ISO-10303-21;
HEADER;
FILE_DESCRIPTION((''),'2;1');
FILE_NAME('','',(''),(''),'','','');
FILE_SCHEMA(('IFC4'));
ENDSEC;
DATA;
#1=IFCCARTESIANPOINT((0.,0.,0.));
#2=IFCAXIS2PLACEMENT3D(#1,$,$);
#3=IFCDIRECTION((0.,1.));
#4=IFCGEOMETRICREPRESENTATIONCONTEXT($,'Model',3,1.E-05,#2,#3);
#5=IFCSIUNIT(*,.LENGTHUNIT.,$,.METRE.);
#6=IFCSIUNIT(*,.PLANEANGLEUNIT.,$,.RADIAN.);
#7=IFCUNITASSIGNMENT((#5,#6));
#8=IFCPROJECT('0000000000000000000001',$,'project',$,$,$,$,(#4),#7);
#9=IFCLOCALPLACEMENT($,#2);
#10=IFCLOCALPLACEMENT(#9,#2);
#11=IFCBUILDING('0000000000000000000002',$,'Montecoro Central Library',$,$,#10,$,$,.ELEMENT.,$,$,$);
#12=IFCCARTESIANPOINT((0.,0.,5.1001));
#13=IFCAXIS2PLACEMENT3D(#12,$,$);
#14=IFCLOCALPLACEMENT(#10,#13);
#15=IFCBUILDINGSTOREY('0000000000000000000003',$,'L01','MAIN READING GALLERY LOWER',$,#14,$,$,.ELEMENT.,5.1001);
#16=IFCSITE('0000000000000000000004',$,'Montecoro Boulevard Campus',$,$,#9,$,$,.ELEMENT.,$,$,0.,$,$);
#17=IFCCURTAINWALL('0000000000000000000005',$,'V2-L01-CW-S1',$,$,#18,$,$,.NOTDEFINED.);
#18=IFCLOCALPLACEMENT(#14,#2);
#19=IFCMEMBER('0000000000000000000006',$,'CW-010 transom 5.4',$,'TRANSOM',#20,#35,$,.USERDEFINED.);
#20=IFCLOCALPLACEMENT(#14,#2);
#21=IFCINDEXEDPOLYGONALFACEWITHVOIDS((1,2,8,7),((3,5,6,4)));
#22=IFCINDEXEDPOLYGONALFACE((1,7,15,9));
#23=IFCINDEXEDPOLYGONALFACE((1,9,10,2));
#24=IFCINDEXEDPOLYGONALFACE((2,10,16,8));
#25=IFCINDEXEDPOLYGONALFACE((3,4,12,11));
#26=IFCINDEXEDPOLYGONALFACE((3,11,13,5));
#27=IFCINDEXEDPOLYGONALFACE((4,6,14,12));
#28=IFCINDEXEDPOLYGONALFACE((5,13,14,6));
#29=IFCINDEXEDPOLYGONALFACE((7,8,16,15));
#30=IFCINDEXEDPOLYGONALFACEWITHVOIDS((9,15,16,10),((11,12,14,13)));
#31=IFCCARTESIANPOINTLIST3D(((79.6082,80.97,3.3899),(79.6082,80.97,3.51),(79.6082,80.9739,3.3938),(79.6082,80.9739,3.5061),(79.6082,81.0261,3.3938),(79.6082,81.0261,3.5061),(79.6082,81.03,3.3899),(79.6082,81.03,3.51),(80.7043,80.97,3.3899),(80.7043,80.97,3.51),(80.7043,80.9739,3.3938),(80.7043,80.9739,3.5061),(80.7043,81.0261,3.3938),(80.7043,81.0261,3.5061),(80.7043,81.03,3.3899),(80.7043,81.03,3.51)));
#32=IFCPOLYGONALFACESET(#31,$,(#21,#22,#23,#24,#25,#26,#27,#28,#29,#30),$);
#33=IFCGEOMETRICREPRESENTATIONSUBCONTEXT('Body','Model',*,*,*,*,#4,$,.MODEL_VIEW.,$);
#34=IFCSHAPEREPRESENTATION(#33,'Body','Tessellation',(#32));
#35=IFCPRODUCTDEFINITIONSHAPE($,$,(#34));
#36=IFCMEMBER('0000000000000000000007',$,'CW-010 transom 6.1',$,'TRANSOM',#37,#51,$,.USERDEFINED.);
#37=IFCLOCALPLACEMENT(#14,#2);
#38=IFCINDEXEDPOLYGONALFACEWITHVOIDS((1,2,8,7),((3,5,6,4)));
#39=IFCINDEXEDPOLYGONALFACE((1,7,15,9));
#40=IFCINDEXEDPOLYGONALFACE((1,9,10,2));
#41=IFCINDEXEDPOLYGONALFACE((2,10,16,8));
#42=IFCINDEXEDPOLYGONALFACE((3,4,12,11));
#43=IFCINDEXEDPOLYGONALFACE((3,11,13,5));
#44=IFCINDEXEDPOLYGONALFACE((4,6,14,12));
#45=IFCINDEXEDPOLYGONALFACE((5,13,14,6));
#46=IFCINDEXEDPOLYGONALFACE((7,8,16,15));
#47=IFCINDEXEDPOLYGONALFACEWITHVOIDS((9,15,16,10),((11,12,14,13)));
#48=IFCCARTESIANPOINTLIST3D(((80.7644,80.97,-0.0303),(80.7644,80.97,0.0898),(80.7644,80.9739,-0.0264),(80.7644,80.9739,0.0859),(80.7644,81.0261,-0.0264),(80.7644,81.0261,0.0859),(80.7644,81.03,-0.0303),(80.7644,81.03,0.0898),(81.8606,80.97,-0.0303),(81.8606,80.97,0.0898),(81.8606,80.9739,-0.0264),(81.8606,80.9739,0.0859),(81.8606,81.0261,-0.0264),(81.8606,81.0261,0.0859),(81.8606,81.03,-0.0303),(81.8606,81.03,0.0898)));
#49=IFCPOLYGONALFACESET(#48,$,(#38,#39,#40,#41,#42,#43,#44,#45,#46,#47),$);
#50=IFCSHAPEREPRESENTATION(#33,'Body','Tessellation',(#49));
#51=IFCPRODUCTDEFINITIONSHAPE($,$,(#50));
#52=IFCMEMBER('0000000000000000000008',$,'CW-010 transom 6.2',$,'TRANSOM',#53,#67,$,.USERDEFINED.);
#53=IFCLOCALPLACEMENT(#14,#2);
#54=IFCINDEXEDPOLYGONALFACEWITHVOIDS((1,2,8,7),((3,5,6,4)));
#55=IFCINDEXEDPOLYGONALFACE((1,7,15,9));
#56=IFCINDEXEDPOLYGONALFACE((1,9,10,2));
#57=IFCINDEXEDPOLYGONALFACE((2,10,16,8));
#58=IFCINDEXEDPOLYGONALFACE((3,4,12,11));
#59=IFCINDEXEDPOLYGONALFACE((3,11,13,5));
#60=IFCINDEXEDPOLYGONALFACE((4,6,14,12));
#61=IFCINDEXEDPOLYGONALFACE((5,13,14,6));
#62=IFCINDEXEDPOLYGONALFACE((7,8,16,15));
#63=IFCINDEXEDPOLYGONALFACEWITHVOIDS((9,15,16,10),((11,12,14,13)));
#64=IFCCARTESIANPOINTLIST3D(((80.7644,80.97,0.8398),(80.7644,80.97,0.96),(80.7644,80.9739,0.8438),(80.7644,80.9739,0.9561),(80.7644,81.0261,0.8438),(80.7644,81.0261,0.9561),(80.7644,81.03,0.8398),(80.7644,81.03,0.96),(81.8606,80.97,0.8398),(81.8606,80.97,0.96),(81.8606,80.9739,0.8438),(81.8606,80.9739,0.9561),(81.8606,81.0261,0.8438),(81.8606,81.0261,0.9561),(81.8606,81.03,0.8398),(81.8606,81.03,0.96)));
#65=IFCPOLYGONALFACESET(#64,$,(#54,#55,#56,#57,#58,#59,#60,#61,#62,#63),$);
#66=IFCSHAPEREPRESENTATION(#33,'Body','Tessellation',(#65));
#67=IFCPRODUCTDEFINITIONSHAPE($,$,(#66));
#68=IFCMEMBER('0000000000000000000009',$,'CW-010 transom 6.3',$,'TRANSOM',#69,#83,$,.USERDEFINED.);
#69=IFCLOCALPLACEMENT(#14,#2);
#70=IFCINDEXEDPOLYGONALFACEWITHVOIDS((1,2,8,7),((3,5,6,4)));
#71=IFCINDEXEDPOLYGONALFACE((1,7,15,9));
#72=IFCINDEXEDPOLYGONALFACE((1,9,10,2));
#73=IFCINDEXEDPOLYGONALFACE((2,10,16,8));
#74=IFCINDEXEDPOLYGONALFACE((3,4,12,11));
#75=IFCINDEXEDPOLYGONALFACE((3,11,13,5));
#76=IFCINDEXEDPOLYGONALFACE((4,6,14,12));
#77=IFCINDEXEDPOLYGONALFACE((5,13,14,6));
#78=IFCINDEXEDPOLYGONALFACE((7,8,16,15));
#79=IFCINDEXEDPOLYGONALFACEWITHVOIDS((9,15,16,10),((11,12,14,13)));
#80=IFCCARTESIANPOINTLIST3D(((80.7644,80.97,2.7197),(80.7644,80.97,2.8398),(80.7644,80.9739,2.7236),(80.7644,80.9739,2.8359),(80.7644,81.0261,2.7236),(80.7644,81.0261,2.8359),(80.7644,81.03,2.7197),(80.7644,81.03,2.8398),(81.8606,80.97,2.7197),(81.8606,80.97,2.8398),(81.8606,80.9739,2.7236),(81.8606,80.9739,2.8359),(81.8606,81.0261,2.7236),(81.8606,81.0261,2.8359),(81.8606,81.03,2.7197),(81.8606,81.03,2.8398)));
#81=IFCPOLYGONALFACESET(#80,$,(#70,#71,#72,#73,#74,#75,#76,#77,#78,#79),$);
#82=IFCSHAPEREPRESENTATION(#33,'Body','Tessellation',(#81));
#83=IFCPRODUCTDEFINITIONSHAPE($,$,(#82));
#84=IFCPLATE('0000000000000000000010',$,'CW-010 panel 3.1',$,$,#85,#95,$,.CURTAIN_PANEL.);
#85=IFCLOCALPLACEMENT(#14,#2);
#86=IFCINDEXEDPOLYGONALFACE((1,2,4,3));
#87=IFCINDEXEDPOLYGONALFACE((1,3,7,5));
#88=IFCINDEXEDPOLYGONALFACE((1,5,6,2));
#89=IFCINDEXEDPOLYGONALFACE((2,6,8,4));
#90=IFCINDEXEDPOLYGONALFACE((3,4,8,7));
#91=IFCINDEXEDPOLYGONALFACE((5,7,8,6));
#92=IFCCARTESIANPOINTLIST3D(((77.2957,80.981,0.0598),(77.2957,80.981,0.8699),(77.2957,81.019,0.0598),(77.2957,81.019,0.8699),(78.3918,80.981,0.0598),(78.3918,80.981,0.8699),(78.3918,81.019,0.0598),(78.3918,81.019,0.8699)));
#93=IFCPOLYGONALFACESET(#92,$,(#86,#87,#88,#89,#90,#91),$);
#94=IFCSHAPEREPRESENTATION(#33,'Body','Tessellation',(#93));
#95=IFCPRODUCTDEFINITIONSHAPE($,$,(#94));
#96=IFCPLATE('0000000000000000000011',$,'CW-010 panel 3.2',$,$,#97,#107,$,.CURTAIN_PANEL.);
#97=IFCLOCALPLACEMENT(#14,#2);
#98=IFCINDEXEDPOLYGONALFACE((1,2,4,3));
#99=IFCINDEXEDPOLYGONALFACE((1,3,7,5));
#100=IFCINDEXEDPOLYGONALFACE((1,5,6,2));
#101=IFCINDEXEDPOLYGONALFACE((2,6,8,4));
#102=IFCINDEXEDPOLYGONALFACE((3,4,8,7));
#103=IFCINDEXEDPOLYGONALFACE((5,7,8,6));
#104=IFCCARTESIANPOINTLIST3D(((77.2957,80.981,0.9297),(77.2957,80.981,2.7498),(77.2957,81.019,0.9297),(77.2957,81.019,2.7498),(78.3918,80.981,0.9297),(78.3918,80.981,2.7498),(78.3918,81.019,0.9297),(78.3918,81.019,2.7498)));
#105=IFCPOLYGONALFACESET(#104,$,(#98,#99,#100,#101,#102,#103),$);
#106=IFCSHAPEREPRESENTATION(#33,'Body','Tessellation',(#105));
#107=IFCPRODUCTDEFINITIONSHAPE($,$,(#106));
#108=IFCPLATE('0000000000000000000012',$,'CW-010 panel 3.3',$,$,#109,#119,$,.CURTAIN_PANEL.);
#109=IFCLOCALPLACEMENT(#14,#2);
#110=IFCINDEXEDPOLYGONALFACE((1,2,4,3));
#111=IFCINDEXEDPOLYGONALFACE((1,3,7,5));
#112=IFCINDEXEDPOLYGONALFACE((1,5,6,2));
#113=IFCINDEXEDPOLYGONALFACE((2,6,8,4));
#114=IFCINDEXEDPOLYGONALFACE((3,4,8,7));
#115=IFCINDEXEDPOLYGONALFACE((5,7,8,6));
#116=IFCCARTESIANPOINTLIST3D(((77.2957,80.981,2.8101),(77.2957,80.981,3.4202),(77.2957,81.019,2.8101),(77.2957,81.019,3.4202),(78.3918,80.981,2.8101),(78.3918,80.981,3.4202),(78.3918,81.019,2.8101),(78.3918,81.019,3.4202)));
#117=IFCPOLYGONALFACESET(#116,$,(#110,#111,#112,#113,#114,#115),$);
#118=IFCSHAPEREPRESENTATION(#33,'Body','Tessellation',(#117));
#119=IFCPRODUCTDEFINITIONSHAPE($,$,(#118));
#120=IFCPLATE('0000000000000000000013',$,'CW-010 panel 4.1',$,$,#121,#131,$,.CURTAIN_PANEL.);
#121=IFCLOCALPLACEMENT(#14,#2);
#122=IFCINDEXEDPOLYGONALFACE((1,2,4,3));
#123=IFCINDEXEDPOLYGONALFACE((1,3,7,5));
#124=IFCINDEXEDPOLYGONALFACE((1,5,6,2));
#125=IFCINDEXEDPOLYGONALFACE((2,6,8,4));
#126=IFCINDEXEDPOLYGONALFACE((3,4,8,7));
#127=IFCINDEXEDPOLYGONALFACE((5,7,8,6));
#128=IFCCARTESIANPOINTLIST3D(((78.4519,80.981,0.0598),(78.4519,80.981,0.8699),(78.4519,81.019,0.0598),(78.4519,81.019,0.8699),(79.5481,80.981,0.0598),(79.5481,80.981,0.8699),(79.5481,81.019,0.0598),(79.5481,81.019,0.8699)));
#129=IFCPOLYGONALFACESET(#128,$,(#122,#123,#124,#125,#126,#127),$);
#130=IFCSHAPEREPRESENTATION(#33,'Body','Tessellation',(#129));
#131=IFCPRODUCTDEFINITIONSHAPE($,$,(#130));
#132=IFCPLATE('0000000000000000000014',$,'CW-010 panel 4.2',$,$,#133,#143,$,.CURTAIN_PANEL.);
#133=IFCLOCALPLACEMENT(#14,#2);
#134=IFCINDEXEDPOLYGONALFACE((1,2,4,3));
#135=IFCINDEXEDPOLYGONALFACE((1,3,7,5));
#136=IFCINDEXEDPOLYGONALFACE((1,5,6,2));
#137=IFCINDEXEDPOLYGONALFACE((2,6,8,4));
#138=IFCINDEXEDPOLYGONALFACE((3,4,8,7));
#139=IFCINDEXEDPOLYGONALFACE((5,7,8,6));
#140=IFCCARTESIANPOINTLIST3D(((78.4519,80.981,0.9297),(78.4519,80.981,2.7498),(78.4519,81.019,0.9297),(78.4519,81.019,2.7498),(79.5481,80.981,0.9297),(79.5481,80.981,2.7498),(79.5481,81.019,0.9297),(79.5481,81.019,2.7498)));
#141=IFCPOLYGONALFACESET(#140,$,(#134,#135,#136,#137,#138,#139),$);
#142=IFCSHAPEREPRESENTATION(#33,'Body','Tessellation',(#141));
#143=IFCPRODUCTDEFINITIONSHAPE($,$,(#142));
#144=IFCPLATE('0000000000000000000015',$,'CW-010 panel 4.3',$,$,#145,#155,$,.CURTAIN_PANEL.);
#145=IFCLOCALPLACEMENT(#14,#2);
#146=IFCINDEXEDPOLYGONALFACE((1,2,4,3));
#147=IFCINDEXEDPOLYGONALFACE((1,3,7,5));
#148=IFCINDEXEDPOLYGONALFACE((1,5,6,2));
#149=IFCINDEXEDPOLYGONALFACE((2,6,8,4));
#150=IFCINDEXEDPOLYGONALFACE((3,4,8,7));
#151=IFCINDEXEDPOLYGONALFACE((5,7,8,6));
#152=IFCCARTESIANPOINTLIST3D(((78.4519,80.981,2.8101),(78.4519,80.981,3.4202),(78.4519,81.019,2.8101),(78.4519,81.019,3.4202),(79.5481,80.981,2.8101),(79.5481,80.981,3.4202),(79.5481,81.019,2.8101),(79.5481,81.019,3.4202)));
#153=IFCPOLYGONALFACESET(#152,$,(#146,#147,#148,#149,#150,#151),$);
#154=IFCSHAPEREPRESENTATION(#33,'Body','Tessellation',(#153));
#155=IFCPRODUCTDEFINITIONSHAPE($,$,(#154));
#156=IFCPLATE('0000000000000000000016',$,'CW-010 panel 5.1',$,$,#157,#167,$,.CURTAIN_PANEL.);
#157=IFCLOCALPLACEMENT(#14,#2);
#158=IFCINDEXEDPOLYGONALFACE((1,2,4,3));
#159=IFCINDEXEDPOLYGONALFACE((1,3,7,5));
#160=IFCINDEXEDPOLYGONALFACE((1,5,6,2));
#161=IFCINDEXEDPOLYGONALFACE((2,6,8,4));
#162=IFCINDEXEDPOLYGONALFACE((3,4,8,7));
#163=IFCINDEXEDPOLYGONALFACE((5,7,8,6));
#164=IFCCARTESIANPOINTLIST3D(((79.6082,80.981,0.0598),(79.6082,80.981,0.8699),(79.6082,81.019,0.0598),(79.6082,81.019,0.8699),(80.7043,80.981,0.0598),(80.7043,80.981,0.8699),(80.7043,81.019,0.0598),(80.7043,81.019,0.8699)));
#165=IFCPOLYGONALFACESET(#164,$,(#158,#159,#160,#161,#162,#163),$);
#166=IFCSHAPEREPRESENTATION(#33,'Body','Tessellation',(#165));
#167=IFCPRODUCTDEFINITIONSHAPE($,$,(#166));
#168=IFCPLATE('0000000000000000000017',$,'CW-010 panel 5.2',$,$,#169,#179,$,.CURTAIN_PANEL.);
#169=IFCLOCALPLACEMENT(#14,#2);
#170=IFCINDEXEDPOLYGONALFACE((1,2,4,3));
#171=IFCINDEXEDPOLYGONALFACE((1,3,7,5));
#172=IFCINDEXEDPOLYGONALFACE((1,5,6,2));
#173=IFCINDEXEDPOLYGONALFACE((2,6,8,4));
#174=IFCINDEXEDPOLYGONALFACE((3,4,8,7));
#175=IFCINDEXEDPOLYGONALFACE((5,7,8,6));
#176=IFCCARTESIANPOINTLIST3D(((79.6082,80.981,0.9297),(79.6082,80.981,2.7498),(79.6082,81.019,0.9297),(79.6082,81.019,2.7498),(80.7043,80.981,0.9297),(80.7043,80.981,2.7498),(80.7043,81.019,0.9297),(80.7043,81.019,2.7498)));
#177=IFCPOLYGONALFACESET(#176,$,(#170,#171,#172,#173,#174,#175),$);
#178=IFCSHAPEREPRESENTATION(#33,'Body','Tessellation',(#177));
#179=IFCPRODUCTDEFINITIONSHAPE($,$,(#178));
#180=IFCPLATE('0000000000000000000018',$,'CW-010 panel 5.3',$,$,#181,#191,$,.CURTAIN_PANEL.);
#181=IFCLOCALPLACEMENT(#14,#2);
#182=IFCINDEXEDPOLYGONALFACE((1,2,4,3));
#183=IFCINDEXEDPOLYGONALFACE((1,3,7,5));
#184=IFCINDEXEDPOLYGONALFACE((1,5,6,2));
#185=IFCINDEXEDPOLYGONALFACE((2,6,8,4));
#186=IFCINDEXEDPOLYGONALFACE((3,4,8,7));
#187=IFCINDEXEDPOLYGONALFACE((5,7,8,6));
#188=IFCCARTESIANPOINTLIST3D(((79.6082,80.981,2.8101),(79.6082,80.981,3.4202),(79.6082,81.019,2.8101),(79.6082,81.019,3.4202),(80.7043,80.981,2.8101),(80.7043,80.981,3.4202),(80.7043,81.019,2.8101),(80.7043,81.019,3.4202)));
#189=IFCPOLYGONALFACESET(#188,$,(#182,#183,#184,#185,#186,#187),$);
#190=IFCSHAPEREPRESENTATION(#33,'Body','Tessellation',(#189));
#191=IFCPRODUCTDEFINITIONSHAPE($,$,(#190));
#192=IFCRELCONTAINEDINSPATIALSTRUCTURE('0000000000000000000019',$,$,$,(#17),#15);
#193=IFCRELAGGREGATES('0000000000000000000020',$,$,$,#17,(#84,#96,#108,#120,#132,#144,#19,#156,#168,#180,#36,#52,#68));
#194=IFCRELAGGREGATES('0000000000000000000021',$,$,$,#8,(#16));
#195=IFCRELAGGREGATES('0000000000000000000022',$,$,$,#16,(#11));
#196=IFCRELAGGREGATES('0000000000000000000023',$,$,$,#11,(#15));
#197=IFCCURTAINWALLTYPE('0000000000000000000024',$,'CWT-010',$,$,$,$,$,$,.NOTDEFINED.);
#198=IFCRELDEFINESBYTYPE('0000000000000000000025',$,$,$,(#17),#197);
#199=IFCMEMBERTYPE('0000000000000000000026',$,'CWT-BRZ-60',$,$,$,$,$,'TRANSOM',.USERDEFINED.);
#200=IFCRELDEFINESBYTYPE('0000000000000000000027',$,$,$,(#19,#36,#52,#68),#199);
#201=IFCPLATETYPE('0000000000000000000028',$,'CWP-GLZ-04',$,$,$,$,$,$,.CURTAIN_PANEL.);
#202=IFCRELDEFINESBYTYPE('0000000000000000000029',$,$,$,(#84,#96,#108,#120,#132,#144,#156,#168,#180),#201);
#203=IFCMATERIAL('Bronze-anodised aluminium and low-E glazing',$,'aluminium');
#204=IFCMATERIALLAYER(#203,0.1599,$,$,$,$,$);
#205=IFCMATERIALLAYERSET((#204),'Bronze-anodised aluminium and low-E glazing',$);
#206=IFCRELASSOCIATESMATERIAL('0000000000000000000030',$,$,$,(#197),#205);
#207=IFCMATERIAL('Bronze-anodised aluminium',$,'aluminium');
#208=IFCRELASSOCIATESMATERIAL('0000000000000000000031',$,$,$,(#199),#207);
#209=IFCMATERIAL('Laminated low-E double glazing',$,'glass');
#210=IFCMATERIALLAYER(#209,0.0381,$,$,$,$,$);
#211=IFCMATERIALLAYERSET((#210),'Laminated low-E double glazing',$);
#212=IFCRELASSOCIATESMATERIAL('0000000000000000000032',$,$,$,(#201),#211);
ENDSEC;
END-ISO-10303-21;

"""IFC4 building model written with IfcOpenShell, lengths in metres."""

from ifc_helpers import new_model, si_unit, direction, frame, origin, origin_2d, place, context, subcontext, project, spatial, rectangle, hollow_rectangle, extrude, material, layer, layer_set, material_profile, profile_set, type_object, element, aggregate, save


model = new_model("IFC4")

# Units and contexts
model_context = context("Model", 3, precision=1e-05, world=origin(), true_north=direction((0.0, 1.0)))
body_context = subcontext(model_context, "Body", "Model", "MODEL_VIEW")
ifc_project = project(units=[si_unit("LENGTHUNIT", "METRE"), si_unit("PLANEANGLEUNIT", "RADIAN")], contexts=[model_context])

# Site, building, storey
site_placement = place(None, origin())
site = spatial("IfcSite", under=ifc_project, at=site_placement, Name="Montecoro Boulevard Campus", CompositionType="ELEMENT", RefElevation=0.0)
building_placement = place(site_placement, origin())
building = spatial("IfcBuilding", under=site, at=building_placement, Name="Montecoro Central Library", CompositionType="ELEMENT")
storey_placement = place(building_placement, frame((0.0, 0.0, 5.1001)))
storey = spatial("IfcBuildingStorey", under=building, at=storey_placement, Name="L01", Description="MAIN READING GALLERY LOWER", CompositionType="ELEMENT", Elevation=5.1001)

# Curtain wall, members, plates
ifc_material_1 = material(Name="Bronze-anodised aluminium and low-E glazing", Category="aluminium")
ifc_layer_1 = layer(ifc_material_1, 0.1599)
ifc_layer_set_1 = layer_set([ifc_layer_1], Name="Bronze-anodised aluminium and low-E glazing")
curtain_wall_type = type_object("IfcCurtainWallType", Name="CWT-010", PredefinedType="NOTDEFINED", material=ifc_layer_set_1)
curtain_wall_placement = place(storey_placement, origin())
curtain_wall = element("IfcCurtainWall", 1, at=curtain_wall_placement, inside=storey, type_object=curtain_wall_type, Name="V2-L01-CW-S1", PredefinedType="NOTDEFINED")
ifc_material_2 = material(Name="Bronze-anodised aluminium", Category="aluminium")
ifc_material_profile_1 = material_profile(ifc_material_2, hollow_rectangle(XDim=0.0601, YDim=0.1201, WallThickness=0.0039, at=origin_2d()), Name="CWT 120x60x4.0")
ifc_profile_set_1 = profile_set([ifc_material_profile_1], Name="Bronze-anodised aluminium")
member_type_1 = type_object("IfcMemberType", Name="CWT-BRZ-60", ElementType="TRANSOM", PredefinedType="USERDEFINED", material=ifc_profile_set_1)
member_1_placement = place(storey_placement, frame((79.6082, 81.0, 3.45), z_axis=(1.0, 0.0, 0.0), x_axis=(0.0, 1.0, 0.0)))
member_1 = element("IfcMember", 2, at=member_1_placement, type_object=member_type_1, Name="CW-010 transom 5.4", ObjectType="TRANSOM", PredefinedType="USERDEFINED", context=body_context, shape_type="SweptSolid", body=[
    extrude(hollow_rectangle(XDim=0.0601, YDim=0.1201, WallThickness=0.0039, at=origin_2d()), origin(), (0.0, 0.0, 1.0), 1.0962),
])
member_2_placement = place(storey_placement, frame((80.7644, 81.0, 0.0298), z_axis=(1.0, 0.0, 0.0), x_axis=(0.0, 1.0, 0.0)))
member_2 = element("IfcMember", 3, at=member_2_placement, type_object=member_type_1, Name="CW-010 transom 6.1", ObjectType="TRANSOM", PredefinedType="USERDEFINED", context=body_context, shape_type="SweptSolid", body=[
    extrude(hollow_rectangle(XDim=0.0601, YDim=0.1201, WallThickness=0.0039, at=origin_2d()), origin(), (0.0, 0.0, 1.0), 1.0962),
])
member_3_placement = place(storey_placement, frame((80.7644, 81.0, 0.8999), z_axis=(1.0, 0.0, 0.0), x_axis=(0.0, 1.0, 0.0)))
member_3 = element("IfcMember", 4, at=member_3_placement, type_object=member_type_1, Name="CW-010 transom 6.2", ObjectType="TRANSOM", PredefinedType="USERDEFINED", context=body_context, shape_type="SweptSolid", body=[
    extrude(hollow_rectangle(XDim=0.0601, YDim=0.1201, WallThickness=0.0039, at=origin_2d()), origin(), (0.0, 0.0, 1.0), 1.0962),
])
member_4_placement = place(storey_placement, frame((80.7644, 81.0, 2.7798), z_axis=(1.0, 0.0, 0.0), x_axis=(0.0, 1.0, 0.0)))
member_4 = element("IfcMember", 5, at=member_4_placement, type_object=member_type_1, Name="CW-010 transom 6.3", ObjectType="TRANSOM", PredefinedType="USERDEFINED", context=body_context, shape_type="SweptSolid", body=[
    extrude(hollow_rectangle(XDim=0.0601, YDim=0.1201, WallThickness=0.0039, at=origin_2d()), origin(), (0.0, 0.0, 1.0), 1.0962),
])
ifc_material_3 = material(Name="Laminated low-E double glazing", Category="glass")
ifc_layer_2 = layer(ifc_material_3, 0.0381)
ifc_layer_set_2 = layer_set([ifc_layer_2], Name="Laminated low-E double glazing")
plate_type = type_object("IfcPlateType", Name="CWP-GLZ-04", PredefinedType="CURTAIN_PANEL", material=ifc_layer_set_2)
plate_1_placement = place(storey_placement, frame((77.8438, 81.0, 0.0598), z_axis=(0.0, 0.0, 1.0), x_axis=(1.0, 0.0, 0.0)))
plate_1 = element("IfcPlate", 6, at=plate_1_placement, type_object=plate_type, Name="CW-010 panel 3.1", PredefinedType="CURTAIN_PANEL", context=body_context, shape_type="SweptSolid", body=[
    extrude(rectangle(XDim=1.0962, YDim=0.0381, at=origin_2d()), origin(), (0.0, 0.0, 1.0), 0.8101),
])
plate_2_placement = place(storey_placement, frame((77.8438, 81.0, 0.9297), z_axis=(0.0, 0.0, 1.0), x_axis=(1.0, 0.0, 0.0)))
plate_2 = element("IfcPlate", 7, at=plate_2_placement, type_object=plate_type, Name="CW-010 panel 3.2", PredefinedType="CURTAIN_PANEL", context=body_context, shape_type="SweptSolid", body=[
    extrude(rectangle(XDim=1.0962, YDim=0.0381, at=origin_2d()), origin(), (0.0, 0.0, 1.0), 1.8201),
])
plate_3_placement = place(storey_placement, frame((77.8438, 81.0, 2.8101), z_axis=(0.0, 0.0, 1.0), x_axis=(1.0, 0.0, 0.0)))
plate_3 = element("IfcPlate", 8, at=plate_3_placement, type_object=plate_type, Name="CW-010 panel 3.3", PredefinedType="CURTAIN_PANEL", context=body_context, shape_type="SweptSolid", body=[
    extrude(rectangle(XDim=1.0962, YDim=0.0381, at=origin_2d()), origin(), (0.0, 0.0, 1.0), 0.6101),
])
plate_4_placement = place(storey_placement, frame((79.0, 81.0, 0.0598), z_axis=(0.0, 0.0, 1.0), x_axis=(1.0, 0.0, 0.0)))
plate_4 = element("IfcPlate", 9, at=plate_4_placement, type_object=plate_type, Name="CW-010 panel 4.1", PredefinedType="CURTAIN_PANEL", context=body_context, shape_type="SweptSolid", body=[
    extrude(rectangle(XDim=1.0962, YDim=0.0381, at=origin_2d()), origin(), (0.0, 0.0, 1.0), 0.8101),
])
plate_5_placement = place(storey_placement, frame((79.0, 81.0, 0.9297), z_axis=(0.0, 0.0, 1.0), x_axis=(1.0, 0.0, 0.0)))
plate_5 = element("IfcPlate", 10, at=plate_5_placement, type_object=plate_type, Name="CW-010 panel 4.2", PredefinedType="CURTAIN_PANEL", context=body_context, shape_type="SweptSolid", body=[
    extrude(rectangle(XDim=1.0962, YDim=0.0381, at=origin_2d()), origin(), (0.0, 0.0, 1.0), 1.8201),
])
plate_6_placement = place(storey_placement, frame((79.0, 81.0, 2.8101), z_axis=(0.0, 0.0, 1.0), x_axis=(1.0, 0.0, 0.0)))
plate_6 = element("IfcPlate", 11, at=plate_6_placement, type_object=plate_type, Name="CW-010 panel 4.3", PredefinedType="CURTAIN_PANEL", context=body_context, shape_type="SweptSolid", body=[
    extrude(rectangle(XDim=1.0962, YDim=0.0381, at=origin_2d()), origin(), (0.0, 0.0, 1.0), 0.6101),
])
plate_7_placement = place(storey_placement, frame((80.1562, 81.0, 0.0598), z_axis=(0.0, 0.0, 1.0), x_axis=(1.0, 0.0, 0.0)))
plate_7 = element("IfcPlate", 12, at=plate_7_placement, type_object=plate_type, Name="CW-010 panel 5.1", PredefinedType="CURTAIN_PANEL", context=body_context, shape_type="SweptSolid", body=[
    extrude(rectangle(XDim=1.0962, YDim=0.0381, at=origin_2d()), origin(), (0.0, 0.0, 1.0), 0.8101),
])
plate_8_placement = place(storey_placement, frame((80.1562, 81.0, 0.9297), z_axis=(0.0, 0.0, 1.0), x_axis=(1.0, 0.0, 0.0)))
plate_8 = element("IfcPlate", 13, at=plate_8_placement, type_object=plate_type, Name="CW-010 panel 5.2", PredefinedType="CURTAIN_PANEL", context=body_context, shape_type="SweptSolid", body=[
    extrude(rectangle(XDim=1.0962, YDim=0.0381, at=origin_2d()), origin(), (0.0, 0.0, 1.0), 1.8201),
])
plate_9_placement = place(storey_placement, frame((80.1562, 81.0, 2.8101), z_axis=(0.0, 0.0, 1.0), x_axis=(1.0, 0.0, 0.0)))
plate_9 = element("IfcPlate", 14, at=plate_9_placement, type_object=plate_type, Name="CW-010 panel 5.3", PredefinedType="CURTAIN_PANEL", context=body_context, shape_type="SweptSolid", body=[
    extrude(rectangle(XDim=1.0962, YDim=0.0381, at=origin_2d()), origin(), (0.0, 0.0, 1.0), 0.6101),
])
aggregate(curtain_wall, [plate_1, plate_2, plate_3, plate_4, plate_5, plate_6, member_1, plate_7, plate_8, plate_9, member_2, member_3, member_4])

save(model, "model.ifc")
